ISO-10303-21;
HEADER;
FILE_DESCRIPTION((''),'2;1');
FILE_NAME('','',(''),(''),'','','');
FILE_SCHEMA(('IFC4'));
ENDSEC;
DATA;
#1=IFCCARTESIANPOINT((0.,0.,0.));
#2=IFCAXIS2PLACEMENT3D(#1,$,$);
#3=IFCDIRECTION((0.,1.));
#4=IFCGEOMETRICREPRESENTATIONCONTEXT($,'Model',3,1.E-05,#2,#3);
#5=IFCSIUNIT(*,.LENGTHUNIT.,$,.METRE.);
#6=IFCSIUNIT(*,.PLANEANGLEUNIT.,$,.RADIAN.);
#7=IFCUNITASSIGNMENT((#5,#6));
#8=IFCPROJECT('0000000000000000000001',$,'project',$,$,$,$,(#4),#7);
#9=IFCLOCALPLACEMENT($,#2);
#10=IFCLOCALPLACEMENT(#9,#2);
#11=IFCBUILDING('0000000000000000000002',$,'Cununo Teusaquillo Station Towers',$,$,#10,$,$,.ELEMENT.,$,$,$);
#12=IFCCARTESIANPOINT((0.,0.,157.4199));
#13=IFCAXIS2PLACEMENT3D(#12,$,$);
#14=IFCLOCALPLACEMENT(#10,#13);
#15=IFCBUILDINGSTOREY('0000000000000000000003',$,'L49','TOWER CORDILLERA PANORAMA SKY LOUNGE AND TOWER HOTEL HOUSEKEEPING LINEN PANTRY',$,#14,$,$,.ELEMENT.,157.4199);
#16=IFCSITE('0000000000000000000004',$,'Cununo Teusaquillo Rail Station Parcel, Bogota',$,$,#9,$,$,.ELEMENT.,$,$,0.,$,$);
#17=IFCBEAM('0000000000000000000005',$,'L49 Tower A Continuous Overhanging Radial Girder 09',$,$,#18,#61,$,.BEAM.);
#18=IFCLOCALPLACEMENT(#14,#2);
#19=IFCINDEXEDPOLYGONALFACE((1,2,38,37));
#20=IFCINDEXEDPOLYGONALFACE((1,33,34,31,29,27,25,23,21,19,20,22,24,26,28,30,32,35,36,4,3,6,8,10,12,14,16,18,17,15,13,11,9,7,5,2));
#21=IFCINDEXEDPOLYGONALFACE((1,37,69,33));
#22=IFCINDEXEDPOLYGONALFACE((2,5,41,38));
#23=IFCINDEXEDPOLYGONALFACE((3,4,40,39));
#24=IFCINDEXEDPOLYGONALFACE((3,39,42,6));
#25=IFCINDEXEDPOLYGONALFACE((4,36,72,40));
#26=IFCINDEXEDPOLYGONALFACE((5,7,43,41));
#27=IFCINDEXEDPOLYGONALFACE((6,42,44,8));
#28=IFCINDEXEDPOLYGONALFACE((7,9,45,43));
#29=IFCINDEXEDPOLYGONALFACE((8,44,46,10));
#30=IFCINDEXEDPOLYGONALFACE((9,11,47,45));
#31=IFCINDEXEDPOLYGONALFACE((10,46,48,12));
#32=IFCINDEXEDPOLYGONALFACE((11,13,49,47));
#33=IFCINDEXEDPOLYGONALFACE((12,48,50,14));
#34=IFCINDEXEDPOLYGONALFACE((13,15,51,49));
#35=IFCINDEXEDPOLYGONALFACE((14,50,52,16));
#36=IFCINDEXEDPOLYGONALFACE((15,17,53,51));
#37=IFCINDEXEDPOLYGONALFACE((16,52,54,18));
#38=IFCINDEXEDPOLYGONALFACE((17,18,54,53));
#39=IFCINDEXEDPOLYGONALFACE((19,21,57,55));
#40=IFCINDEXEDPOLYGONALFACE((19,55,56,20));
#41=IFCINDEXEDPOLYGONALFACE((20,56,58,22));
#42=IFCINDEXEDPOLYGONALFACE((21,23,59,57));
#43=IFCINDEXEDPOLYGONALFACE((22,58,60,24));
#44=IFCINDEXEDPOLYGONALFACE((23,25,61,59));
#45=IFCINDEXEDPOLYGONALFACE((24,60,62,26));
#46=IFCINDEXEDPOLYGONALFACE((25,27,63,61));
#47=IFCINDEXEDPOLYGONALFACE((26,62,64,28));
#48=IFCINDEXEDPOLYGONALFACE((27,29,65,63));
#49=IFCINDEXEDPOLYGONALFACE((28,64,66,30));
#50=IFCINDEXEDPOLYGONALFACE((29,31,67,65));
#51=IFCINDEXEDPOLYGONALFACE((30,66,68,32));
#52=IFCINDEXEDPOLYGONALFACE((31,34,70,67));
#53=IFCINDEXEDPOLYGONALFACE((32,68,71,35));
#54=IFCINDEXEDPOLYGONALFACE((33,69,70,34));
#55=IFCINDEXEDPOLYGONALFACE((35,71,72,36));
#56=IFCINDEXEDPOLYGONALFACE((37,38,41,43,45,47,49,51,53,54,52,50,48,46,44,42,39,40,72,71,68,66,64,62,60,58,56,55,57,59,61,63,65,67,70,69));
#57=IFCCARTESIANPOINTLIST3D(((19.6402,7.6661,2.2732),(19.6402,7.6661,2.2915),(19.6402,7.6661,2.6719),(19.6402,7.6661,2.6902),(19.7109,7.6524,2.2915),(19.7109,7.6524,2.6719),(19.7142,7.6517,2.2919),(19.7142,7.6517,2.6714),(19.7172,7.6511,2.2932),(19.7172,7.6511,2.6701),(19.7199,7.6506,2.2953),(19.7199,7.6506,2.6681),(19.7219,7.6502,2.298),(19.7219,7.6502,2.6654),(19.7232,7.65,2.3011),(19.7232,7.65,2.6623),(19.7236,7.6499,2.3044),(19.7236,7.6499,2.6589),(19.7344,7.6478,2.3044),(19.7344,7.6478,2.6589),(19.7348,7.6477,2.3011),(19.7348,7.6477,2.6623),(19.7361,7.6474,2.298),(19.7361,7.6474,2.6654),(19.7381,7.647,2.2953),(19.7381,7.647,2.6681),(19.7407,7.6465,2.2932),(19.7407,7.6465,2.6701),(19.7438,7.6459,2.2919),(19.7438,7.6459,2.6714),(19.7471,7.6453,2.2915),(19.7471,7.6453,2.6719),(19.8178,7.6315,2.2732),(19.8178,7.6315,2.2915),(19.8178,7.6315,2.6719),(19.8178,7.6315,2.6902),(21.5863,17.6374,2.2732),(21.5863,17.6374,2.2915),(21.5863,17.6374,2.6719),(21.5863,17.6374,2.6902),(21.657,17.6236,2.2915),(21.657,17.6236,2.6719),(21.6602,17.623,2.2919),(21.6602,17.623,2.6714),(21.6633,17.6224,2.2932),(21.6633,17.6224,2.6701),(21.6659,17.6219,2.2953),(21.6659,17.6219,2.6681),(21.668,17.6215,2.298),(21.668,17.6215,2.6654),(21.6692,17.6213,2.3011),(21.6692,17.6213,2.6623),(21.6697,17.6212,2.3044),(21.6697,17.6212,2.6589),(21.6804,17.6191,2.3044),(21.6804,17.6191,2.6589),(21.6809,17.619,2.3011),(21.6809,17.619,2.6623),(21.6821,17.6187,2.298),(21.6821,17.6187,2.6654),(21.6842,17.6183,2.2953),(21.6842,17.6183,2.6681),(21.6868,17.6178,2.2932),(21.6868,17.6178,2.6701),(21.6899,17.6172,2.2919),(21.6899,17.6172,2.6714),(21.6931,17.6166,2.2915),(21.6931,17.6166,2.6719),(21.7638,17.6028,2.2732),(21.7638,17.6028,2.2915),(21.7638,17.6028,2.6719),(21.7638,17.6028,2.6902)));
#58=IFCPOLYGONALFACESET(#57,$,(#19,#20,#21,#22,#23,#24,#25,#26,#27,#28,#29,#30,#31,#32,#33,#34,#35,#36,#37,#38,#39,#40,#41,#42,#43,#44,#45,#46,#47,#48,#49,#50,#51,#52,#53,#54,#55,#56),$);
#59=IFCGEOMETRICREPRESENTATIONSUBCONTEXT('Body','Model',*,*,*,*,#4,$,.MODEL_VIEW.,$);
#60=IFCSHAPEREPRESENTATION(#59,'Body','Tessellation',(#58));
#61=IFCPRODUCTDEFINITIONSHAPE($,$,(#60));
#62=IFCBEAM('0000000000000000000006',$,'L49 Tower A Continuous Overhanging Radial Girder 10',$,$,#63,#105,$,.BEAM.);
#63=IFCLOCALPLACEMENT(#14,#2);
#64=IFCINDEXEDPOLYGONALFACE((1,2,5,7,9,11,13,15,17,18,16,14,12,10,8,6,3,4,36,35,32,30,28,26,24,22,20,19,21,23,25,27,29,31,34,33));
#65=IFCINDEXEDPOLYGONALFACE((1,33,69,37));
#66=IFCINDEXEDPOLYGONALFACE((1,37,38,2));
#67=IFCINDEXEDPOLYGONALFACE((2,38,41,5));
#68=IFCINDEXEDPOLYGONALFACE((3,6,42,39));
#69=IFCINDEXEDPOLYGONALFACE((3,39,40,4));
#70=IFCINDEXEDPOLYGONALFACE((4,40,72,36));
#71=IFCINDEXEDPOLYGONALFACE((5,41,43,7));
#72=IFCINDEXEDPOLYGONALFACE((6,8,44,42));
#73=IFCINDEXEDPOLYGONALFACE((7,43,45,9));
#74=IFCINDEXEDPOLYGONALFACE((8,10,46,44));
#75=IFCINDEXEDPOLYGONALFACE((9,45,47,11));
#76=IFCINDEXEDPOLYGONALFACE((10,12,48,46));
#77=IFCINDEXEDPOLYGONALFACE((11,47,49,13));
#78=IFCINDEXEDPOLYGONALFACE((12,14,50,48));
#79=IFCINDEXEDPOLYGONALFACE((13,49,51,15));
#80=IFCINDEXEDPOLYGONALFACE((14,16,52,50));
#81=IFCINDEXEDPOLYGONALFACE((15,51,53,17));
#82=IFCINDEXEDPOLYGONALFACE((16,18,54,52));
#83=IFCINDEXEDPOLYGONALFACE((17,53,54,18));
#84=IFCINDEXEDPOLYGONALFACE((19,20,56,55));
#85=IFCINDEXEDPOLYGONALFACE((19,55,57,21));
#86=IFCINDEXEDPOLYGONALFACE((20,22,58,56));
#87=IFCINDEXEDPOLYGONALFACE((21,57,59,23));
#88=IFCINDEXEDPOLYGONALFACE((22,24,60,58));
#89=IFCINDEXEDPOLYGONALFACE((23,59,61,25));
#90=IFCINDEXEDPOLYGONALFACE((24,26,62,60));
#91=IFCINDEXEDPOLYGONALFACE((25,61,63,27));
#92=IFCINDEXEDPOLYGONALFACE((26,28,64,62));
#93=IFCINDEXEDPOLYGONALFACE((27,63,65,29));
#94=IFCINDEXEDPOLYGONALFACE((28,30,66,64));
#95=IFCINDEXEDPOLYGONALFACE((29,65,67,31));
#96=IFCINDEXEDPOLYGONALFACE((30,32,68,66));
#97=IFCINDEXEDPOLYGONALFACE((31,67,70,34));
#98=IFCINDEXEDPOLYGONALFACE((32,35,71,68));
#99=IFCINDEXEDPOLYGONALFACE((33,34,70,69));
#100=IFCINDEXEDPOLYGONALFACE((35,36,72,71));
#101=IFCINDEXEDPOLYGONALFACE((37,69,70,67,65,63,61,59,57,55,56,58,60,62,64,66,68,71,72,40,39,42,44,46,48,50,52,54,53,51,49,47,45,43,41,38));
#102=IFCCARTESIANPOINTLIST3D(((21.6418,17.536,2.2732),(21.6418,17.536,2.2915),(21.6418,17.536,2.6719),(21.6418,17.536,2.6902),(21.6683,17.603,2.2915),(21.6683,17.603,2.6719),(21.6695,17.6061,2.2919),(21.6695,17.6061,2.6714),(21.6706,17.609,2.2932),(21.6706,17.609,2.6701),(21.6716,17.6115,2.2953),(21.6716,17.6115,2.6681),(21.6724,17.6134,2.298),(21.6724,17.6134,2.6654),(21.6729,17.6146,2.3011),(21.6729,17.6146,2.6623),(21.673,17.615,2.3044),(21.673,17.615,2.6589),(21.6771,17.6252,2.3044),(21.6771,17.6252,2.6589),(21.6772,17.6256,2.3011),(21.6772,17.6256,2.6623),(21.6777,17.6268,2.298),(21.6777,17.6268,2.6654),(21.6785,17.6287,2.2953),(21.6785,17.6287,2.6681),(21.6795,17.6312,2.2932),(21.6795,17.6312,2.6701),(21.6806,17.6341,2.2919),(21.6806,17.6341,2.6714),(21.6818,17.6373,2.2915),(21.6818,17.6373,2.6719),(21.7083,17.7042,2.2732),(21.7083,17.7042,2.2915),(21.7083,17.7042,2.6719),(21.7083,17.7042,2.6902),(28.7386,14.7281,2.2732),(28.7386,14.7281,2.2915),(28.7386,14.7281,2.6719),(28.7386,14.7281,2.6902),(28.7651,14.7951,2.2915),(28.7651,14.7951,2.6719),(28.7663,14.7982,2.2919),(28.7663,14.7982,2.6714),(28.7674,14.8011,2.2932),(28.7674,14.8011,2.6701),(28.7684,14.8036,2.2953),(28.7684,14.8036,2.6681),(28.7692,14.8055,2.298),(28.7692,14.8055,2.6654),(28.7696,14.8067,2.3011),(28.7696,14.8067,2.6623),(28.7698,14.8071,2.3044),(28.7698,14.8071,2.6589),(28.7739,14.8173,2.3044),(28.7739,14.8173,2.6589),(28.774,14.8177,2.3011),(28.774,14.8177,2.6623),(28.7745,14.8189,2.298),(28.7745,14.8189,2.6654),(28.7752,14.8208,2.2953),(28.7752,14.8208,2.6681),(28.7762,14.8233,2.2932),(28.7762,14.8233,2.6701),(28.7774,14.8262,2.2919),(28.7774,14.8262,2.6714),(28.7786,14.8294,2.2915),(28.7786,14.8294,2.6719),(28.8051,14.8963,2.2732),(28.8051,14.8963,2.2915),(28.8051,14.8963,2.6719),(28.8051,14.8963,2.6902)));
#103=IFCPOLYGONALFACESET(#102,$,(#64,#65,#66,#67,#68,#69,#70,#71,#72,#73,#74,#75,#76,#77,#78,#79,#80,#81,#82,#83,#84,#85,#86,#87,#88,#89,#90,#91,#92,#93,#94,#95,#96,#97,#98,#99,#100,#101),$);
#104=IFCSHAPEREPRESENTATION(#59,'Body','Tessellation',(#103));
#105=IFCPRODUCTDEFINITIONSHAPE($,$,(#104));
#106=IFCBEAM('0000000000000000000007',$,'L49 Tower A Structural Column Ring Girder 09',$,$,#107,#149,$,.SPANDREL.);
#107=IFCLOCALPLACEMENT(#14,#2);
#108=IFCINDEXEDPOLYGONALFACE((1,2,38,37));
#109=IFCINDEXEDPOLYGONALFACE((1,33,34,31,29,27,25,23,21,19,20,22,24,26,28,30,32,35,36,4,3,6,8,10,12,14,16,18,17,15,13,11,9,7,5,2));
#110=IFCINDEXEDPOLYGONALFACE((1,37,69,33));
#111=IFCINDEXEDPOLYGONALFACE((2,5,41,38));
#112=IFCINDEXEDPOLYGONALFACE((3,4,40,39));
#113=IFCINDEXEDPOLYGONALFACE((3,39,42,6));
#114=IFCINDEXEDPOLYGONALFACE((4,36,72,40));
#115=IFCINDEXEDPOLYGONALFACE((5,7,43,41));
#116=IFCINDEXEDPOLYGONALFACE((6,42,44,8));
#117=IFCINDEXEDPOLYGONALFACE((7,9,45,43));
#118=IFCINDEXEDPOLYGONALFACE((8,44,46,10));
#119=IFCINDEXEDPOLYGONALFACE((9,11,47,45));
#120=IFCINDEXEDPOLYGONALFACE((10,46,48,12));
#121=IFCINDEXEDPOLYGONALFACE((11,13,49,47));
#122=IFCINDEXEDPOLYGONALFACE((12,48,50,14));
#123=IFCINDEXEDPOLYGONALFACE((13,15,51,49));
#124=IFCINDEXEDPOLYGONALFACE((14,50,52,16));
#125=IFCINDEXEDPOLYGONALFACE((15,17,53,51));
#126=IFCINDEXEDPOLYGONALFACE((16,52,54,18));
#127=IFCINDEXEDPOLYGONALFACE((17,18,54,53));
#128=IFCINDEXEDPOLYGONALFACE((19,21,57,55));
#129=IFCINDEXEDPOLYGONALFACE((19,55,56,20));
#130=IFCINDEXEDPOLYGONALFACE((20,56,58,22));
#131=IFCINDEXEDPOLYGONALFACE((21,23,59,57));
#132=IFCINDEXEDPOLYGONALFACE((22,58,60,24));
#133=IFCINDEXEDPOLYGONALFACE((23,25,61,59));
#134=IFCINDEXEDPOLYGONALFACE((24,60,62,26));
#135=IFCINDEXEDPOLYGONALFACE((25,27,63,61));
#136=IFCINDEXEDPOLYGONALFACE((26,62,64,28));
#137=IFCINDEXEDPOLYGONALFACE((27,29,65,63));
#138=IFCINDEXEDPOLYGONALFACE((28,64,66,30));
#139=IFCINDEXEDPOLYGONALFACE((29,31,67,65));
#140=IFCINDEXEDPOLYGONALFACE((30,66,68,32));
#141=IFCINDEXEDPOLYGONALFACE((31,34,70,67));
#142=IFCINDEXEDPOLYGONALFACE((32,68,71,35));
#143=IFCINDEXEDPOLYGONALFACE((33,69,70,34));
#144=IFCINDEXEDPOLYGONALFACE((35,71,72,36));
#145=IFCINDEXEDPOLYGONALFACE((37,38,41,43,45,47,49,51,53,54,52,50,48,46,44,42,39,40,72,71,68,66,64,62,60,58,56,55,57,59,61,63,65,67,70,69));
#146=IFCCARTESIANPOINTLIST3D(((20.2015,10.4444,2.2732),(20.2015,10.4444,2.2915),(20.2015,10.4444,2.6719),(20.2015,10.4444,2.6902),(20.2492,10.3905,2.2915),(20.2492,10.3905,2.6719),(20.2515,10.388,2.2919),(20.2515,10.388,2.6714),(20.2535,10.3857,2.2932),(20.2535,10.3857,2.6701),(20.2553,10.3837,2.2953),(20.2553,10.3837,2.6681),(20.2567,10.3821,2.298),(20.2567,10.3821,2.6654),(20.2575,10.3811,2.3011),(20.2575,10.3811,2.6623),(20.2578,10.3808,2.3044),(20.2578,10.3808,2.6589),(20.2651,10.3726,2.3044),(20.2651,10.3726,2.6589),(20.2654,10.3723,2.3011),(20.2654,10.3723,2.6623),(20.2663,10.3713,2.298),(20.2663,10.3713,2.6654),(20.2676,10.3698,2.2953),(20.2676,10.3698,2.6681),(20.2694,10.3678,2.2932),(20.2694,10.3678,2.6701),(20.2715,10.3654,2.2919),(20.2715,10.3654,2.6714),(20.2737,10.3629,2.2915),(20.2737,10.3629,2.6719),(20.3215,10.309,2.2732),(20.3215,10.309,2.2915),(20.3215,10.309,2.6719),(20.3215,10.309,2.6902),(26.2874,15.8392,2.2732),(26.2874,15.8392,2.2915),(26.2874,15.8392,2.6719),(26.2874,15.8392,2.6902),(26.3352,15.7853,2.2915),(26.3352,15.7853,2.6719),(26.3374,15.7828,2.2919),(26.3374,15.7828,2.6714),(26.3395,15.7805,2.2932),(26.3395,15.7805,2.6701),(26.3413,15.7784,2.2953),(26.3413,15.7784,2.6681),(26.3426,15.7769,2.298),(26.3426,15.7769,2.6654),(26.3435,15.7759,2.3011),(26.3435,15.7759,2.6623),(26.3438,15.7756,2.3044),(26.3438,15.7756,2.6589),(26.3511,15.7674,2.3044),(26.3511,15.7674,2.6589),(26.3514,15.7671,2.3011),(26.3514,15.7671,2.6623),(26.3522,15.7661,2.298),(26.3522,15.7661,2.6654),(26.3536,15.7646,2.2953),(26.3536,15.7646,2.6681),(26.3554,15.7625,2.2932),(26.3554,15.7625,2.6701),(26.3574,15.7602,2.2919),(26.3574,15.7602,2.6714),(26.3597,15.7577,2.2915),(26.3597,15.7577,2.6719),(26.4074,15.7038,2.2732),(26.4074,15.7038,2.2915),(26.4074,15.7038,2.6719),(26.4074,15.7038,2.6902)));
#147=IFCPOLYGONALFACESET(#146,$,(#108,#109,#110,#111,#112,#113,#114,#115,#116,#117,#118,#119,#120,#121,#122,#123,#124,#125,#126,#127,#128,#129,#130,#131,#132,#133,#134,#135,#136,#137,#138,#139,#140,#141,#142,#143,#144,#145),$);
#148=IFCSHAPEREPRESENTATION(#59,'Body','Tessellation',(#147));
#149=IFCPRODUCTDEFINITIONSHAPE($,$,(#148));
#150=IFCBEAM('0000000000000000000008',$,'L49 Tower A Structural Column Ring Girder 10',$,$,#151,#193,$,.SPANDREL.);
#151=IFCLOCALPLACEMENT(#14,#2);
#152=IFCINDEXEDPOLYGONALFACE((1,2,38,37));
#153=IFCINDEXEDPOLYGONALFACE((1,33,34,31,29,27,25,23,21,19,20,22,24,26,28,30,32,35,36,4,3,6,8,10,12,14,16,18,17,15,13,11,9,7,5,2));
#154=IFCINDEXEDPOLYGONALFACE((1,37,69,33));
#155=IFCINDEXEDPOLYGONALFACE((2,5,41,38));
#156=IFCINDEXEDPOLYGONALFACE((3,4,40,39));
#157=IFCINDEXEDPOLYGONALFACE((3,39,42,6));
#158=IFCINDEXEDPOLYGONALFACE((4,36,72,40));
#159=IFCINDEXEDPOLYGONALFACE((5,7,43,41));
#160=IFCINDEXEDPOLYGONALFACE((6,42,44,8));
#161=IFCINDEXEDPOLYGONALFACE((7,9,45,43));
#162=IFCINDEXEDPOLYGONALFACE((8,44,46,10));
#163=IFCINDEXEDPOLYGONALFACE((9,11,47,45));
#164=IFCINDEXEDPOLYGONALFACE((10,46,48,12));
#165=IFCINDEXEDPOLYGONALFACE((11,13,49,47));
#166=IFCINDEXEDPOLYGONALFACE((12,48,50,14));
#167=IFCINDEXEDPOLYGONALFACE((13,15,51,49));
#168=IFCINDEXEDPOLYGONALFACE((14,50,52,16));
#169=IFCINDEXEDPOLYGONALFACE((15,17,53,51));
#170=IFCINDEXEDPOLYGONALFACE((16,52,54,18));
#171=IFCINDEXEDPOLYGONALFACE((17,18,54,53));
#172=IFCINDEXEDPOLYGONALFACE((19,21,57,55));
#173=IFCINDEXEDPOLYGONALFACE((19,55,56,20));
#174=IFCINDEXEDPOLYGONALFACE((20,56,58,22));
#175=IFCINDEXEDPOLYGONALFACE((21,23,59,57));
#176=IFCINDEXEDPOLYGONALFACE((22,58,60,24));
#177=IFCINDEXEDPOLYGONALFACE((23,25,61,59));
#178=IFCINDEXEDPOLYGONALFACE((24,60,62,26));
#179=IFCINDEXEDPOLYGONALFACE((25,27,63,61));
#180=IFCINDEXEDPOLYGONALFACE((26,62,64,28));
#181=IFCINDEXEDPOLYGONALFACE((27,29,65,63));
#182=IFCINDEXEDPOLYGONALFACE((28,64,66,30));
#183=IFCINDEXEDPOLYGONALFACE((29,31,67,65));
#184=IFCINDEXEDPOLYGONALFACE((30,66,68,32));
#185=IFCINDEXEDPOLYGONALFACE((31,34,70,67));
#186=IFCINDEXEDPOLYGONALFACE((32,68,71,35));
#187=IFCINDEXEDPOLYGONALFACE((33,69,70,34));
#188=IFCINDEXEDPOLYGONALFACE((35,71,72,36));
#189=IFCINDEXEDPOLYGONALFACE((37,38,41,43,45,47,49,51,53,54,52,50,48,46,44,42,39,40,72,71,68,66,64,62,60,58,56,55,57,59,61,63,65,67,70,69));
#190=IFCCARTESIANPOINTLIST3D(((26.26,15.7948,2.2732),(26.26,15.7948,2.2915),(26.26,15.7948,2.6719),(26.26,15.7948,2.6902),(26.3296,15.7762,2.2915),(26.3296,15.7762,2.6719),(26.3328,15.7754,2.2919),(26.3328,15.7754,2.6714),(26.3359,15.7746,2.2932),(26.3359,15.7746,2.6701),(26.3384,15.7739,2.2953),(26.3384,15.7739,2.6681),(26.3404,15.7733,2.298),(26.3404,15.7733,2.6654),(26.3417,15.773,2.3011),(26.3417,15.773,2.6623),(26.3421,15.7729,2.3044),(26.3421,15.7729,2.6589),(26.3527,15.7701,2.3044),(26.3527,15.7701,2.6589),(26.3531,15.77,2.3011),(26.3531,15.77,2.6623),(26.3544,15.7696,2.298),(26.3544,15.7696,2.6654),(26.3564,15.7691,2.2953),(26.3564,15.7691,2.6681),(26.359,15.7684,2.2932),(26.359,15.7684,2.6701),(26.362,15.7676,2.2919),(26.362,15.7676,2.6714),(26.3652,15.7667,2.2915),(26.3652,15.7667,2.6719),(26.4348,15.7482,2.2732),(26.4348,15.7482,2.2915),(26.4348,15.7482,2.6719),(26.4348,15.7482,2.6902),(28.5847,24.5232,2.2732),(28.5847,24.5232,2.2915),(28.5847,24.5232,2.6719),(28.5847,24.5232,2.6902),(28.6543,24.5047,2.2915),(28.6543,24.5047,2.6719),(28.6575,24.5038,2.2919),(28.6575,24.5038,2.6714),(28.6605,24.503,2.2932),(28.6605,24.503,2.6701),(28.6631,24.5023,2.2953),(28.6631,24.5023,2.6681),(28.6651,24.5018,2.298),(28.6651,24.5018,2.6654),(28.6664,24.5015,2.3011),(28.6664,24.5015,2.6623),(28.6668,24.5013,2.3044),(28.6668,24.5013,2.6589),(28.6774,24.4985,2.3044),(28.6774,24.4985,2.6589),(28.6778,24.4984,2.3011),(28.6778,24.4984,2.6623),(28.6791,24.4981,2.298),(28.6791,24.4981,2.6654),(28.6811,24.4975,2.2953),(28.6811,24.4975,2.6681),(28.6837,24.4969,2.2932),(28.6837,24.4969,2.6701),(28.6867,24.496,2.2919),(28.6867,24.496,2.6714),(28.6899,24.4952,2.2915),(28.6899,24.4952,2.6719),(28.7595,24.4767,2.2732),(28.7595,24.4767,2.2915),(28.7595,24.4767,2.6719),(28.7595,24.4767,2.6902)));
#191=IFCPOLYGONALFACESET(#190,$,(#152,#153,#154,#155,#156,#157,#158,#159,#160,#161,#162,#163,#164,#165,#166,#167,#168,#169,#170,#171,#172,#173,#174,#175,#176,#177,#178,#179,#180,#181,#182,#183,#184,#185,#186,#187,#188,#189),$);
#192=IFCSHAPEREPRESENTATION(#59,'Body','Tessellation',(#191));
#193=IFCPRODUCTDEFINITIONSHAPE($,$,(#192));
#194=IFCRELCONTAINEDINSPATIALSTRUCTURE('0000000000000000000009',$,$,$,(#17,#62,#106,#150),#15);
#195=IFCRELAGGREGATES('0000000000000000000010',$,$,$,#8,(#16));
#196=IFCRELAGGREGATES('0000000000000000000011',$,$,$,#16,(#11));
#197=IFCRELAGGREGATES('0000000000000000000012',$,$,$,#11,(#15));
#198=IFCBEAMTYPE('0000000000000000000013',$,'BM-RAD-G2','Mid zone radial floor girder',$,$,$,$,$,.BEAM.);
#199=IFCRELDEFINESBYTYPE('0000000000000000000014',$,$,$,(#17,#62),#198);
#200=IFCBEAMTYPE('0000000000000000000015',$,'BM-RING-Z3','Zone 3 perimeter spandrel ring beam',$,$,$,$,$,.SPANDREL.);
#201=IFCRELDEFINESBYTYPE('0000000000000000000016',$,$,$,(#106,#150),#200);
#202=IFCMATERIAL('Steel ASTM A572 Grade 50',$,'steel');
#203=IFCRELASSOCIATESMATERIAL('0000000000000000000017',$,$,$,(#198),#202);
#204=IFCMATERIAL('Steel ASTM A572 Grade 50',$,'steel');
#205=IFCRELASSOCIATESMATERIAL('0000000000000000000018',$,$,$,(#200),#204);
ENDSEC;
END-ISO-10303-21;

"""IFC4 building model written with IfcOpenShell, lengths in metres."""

from ifc_helpers import new_model, si_unit, direction, frame, origin, origin_2d, place, context, subcontext, project, spatial, i_section, extrude, material, material_profile, profile_set, type_object, element, save


model = new_model("IFC4")

# Units and contexts
model_context = context("Model", 3, precision=1e-05, world=origin(), true_north=direction((0.0, 1.0)))
body_context = subcontext(model_context, "Body", "Model", "MODEL_VIEW")
ifc_project = project(units=[si_unit("LENGTHUNIT", "METRE"), si_unit("PLANEANGLEUNIT", "RADIAN")], contexts=[model_context])

# Site, building, storey
site_placement = place(None, origin())
site = spatial("IfcSite", under=ifc_project, at=site_placement, Name="Cununo Teusaquillo Rail Station Parcel, Bogota", CompositionType="ELEMENT", RefElevation=0.0)
building_placement = place(site_placement, origin())
building = spatial("IfcBuilding", under=site, at=building_placement, Name="Cununo Teusaquillo Station Towers", CompositionType="ELEMENT")
storey_placement = place(building_placement, frame((0.0, 0.0, 157.4199)))
storey = spatial("IfcBuildingStorey", under=building, at=storey_placement, Name="L49", Description="TOWER CORDILLERA PANORAMA SKY LOUNGE AND TOWER HOTEL HOUSEKEEPING LINEN PANTRY", CompositionType="ELEMENT", Elevation=157.4199)

# Beams
ifc_material_1 = material(Name="Steel ASTM A572 Grade 50", Category="steel")
ifc_material_profile_1 = material_profile(ifc_material_1, i_section(OverallWidth=0.1809, OverallDepth=0.417, WebThickness=0.011, FlangeThickness=0.0183, FilletRadius=0.0129, at=origin_2d()), Name="W16X57")
ifc_profile_set_1 = profile_set([ifc_material_profile_1], Name="Steel ASTM A572 Grade 50")
beam_type_1 = type_object("IfcBeamType", Name="BM-RAD-G2", Description="Mid zone radial floor girder", PredefinedType="BEAM", material=ifc_profile_set_1)
beam_1_placement = place(storey_placement, frame((21.675, 17.6201, 2.4817), z_axis=(-0.191553, -0.981482, 0.0), x_axis=(0.981482, -0.191553, 0.0)))
element("IfcBeam", 1, at=beam_1_placement, inside=storey, type_object=beam_type_1, Name="L49 Tower A Continuous Overhanging Radial Girder 09", PredefinedType="BEAM", context=body_context, shape_type="SweptSolid", body=[
    extrude(i_section(OverallWidth=0.1809, OverallDepth=0.417, WebThickness=0.011, FlangeThickness=0.0183, FilletRadius=0.0129, at=origin_2d()), origin(), (0.0, 0.0, 1.0), 10.1594),
])
beam_2_placement = place(storey_placement, frame((21.675, 17.6201, 2.4817), z_axis=(0.929862, -0.367908, 0.0), x_axis=(0.367908, 0.929862, 0.0)))
element("IfcBeam", 2, at=beam_2_placement, inside=storey, type_object=beam_type_1, Name="L49 Tower A Continuous Overhanging Radial Girder 10", PredefinedType="BEAM", context=body_context, shape_type="SweptSolid", body=[
    extrude(i_section(OverallWidth=0.1809, OverallDepth=0.417, WebThickness=0.011, FlangeThickness=0.0183, FilletRadius=0.0129, at=origin_2d()), origin(), (0.0, 0.0, 1.0), 7.6321),
])
ifc_material_2 = material(Name="Steel ASTM A572 Grade 50", Category="steel")
ifc_material_profile_2 = material_profile(ifc_material_2, i_section(OverallWidth=0.1809, OverallDepth=0.417, WebThickness=0.011, FlangeThickness=0.0183, FilletRadius=0.0129, at=origin_2d()), Name="W16X57")
ifc_profile_set_2 = profile_set([ifc_material_profile_2], Name="Steel ASTM A572 Grade 50")
beam_type_2 = type_object("IfcBeamType", Name="BM-RING-Z3", Description="Zone 3 perimeter spandrel ring beam", PredefinedType="SPANDREL", material=ifc_profile_set_2)
beam_3_placement = place(storey_placement, frame((20.2615, 10.3767, 2.4817), z_axis=(0.748321, 0.663337, 0.0), x_axis=(-0.663337, 0.748321, 0.0)))
element("IfcBeam", 3, at=beam_3_placement, inside=storey, type_object=beam_type_2, Name="L49 Tower A Structural Column Ring Girder 09", PredefinedType="SPANDREL", context=body_context, shape_type="SweptSolid", body=[
    extrude(i_section(OverallWidth=0.1809, OverallDepth=0.417, WebThickness=0.011, FlangeThickness=0.0183, FilletRadius=0.0129, at=origin_2d()), origin(), (0.0, 0.0, 1.0), 8.1328),
])
beam_4_placement = place(storey_placement, frame((26.3474, 15.7715, 2.4817), z_axis=(0.257363, 0.966315, 0.0), x_axis=(-0.966315, 0.257363, 0.0)))
element("IfcBeam", 4, at=beam_4_placement, inside=storey, type_object=beam_type_2, Name="L49 Tower A Structural Column Ring Girder 10", PredefinedType="SPANDREL", context=body_context, shape_type="SweptSolid", body=[
    extrude(i_section(OverallWidth=0.1809, OverallDepth=0.417, WebThickness=0.011, FlangeThickness=0.0183, FilletRadius=0.0129, at=origin_2d()), origin(), (0.0, 0.0, 1.0), 9.0327),
])

save(model, "model.ifc")
